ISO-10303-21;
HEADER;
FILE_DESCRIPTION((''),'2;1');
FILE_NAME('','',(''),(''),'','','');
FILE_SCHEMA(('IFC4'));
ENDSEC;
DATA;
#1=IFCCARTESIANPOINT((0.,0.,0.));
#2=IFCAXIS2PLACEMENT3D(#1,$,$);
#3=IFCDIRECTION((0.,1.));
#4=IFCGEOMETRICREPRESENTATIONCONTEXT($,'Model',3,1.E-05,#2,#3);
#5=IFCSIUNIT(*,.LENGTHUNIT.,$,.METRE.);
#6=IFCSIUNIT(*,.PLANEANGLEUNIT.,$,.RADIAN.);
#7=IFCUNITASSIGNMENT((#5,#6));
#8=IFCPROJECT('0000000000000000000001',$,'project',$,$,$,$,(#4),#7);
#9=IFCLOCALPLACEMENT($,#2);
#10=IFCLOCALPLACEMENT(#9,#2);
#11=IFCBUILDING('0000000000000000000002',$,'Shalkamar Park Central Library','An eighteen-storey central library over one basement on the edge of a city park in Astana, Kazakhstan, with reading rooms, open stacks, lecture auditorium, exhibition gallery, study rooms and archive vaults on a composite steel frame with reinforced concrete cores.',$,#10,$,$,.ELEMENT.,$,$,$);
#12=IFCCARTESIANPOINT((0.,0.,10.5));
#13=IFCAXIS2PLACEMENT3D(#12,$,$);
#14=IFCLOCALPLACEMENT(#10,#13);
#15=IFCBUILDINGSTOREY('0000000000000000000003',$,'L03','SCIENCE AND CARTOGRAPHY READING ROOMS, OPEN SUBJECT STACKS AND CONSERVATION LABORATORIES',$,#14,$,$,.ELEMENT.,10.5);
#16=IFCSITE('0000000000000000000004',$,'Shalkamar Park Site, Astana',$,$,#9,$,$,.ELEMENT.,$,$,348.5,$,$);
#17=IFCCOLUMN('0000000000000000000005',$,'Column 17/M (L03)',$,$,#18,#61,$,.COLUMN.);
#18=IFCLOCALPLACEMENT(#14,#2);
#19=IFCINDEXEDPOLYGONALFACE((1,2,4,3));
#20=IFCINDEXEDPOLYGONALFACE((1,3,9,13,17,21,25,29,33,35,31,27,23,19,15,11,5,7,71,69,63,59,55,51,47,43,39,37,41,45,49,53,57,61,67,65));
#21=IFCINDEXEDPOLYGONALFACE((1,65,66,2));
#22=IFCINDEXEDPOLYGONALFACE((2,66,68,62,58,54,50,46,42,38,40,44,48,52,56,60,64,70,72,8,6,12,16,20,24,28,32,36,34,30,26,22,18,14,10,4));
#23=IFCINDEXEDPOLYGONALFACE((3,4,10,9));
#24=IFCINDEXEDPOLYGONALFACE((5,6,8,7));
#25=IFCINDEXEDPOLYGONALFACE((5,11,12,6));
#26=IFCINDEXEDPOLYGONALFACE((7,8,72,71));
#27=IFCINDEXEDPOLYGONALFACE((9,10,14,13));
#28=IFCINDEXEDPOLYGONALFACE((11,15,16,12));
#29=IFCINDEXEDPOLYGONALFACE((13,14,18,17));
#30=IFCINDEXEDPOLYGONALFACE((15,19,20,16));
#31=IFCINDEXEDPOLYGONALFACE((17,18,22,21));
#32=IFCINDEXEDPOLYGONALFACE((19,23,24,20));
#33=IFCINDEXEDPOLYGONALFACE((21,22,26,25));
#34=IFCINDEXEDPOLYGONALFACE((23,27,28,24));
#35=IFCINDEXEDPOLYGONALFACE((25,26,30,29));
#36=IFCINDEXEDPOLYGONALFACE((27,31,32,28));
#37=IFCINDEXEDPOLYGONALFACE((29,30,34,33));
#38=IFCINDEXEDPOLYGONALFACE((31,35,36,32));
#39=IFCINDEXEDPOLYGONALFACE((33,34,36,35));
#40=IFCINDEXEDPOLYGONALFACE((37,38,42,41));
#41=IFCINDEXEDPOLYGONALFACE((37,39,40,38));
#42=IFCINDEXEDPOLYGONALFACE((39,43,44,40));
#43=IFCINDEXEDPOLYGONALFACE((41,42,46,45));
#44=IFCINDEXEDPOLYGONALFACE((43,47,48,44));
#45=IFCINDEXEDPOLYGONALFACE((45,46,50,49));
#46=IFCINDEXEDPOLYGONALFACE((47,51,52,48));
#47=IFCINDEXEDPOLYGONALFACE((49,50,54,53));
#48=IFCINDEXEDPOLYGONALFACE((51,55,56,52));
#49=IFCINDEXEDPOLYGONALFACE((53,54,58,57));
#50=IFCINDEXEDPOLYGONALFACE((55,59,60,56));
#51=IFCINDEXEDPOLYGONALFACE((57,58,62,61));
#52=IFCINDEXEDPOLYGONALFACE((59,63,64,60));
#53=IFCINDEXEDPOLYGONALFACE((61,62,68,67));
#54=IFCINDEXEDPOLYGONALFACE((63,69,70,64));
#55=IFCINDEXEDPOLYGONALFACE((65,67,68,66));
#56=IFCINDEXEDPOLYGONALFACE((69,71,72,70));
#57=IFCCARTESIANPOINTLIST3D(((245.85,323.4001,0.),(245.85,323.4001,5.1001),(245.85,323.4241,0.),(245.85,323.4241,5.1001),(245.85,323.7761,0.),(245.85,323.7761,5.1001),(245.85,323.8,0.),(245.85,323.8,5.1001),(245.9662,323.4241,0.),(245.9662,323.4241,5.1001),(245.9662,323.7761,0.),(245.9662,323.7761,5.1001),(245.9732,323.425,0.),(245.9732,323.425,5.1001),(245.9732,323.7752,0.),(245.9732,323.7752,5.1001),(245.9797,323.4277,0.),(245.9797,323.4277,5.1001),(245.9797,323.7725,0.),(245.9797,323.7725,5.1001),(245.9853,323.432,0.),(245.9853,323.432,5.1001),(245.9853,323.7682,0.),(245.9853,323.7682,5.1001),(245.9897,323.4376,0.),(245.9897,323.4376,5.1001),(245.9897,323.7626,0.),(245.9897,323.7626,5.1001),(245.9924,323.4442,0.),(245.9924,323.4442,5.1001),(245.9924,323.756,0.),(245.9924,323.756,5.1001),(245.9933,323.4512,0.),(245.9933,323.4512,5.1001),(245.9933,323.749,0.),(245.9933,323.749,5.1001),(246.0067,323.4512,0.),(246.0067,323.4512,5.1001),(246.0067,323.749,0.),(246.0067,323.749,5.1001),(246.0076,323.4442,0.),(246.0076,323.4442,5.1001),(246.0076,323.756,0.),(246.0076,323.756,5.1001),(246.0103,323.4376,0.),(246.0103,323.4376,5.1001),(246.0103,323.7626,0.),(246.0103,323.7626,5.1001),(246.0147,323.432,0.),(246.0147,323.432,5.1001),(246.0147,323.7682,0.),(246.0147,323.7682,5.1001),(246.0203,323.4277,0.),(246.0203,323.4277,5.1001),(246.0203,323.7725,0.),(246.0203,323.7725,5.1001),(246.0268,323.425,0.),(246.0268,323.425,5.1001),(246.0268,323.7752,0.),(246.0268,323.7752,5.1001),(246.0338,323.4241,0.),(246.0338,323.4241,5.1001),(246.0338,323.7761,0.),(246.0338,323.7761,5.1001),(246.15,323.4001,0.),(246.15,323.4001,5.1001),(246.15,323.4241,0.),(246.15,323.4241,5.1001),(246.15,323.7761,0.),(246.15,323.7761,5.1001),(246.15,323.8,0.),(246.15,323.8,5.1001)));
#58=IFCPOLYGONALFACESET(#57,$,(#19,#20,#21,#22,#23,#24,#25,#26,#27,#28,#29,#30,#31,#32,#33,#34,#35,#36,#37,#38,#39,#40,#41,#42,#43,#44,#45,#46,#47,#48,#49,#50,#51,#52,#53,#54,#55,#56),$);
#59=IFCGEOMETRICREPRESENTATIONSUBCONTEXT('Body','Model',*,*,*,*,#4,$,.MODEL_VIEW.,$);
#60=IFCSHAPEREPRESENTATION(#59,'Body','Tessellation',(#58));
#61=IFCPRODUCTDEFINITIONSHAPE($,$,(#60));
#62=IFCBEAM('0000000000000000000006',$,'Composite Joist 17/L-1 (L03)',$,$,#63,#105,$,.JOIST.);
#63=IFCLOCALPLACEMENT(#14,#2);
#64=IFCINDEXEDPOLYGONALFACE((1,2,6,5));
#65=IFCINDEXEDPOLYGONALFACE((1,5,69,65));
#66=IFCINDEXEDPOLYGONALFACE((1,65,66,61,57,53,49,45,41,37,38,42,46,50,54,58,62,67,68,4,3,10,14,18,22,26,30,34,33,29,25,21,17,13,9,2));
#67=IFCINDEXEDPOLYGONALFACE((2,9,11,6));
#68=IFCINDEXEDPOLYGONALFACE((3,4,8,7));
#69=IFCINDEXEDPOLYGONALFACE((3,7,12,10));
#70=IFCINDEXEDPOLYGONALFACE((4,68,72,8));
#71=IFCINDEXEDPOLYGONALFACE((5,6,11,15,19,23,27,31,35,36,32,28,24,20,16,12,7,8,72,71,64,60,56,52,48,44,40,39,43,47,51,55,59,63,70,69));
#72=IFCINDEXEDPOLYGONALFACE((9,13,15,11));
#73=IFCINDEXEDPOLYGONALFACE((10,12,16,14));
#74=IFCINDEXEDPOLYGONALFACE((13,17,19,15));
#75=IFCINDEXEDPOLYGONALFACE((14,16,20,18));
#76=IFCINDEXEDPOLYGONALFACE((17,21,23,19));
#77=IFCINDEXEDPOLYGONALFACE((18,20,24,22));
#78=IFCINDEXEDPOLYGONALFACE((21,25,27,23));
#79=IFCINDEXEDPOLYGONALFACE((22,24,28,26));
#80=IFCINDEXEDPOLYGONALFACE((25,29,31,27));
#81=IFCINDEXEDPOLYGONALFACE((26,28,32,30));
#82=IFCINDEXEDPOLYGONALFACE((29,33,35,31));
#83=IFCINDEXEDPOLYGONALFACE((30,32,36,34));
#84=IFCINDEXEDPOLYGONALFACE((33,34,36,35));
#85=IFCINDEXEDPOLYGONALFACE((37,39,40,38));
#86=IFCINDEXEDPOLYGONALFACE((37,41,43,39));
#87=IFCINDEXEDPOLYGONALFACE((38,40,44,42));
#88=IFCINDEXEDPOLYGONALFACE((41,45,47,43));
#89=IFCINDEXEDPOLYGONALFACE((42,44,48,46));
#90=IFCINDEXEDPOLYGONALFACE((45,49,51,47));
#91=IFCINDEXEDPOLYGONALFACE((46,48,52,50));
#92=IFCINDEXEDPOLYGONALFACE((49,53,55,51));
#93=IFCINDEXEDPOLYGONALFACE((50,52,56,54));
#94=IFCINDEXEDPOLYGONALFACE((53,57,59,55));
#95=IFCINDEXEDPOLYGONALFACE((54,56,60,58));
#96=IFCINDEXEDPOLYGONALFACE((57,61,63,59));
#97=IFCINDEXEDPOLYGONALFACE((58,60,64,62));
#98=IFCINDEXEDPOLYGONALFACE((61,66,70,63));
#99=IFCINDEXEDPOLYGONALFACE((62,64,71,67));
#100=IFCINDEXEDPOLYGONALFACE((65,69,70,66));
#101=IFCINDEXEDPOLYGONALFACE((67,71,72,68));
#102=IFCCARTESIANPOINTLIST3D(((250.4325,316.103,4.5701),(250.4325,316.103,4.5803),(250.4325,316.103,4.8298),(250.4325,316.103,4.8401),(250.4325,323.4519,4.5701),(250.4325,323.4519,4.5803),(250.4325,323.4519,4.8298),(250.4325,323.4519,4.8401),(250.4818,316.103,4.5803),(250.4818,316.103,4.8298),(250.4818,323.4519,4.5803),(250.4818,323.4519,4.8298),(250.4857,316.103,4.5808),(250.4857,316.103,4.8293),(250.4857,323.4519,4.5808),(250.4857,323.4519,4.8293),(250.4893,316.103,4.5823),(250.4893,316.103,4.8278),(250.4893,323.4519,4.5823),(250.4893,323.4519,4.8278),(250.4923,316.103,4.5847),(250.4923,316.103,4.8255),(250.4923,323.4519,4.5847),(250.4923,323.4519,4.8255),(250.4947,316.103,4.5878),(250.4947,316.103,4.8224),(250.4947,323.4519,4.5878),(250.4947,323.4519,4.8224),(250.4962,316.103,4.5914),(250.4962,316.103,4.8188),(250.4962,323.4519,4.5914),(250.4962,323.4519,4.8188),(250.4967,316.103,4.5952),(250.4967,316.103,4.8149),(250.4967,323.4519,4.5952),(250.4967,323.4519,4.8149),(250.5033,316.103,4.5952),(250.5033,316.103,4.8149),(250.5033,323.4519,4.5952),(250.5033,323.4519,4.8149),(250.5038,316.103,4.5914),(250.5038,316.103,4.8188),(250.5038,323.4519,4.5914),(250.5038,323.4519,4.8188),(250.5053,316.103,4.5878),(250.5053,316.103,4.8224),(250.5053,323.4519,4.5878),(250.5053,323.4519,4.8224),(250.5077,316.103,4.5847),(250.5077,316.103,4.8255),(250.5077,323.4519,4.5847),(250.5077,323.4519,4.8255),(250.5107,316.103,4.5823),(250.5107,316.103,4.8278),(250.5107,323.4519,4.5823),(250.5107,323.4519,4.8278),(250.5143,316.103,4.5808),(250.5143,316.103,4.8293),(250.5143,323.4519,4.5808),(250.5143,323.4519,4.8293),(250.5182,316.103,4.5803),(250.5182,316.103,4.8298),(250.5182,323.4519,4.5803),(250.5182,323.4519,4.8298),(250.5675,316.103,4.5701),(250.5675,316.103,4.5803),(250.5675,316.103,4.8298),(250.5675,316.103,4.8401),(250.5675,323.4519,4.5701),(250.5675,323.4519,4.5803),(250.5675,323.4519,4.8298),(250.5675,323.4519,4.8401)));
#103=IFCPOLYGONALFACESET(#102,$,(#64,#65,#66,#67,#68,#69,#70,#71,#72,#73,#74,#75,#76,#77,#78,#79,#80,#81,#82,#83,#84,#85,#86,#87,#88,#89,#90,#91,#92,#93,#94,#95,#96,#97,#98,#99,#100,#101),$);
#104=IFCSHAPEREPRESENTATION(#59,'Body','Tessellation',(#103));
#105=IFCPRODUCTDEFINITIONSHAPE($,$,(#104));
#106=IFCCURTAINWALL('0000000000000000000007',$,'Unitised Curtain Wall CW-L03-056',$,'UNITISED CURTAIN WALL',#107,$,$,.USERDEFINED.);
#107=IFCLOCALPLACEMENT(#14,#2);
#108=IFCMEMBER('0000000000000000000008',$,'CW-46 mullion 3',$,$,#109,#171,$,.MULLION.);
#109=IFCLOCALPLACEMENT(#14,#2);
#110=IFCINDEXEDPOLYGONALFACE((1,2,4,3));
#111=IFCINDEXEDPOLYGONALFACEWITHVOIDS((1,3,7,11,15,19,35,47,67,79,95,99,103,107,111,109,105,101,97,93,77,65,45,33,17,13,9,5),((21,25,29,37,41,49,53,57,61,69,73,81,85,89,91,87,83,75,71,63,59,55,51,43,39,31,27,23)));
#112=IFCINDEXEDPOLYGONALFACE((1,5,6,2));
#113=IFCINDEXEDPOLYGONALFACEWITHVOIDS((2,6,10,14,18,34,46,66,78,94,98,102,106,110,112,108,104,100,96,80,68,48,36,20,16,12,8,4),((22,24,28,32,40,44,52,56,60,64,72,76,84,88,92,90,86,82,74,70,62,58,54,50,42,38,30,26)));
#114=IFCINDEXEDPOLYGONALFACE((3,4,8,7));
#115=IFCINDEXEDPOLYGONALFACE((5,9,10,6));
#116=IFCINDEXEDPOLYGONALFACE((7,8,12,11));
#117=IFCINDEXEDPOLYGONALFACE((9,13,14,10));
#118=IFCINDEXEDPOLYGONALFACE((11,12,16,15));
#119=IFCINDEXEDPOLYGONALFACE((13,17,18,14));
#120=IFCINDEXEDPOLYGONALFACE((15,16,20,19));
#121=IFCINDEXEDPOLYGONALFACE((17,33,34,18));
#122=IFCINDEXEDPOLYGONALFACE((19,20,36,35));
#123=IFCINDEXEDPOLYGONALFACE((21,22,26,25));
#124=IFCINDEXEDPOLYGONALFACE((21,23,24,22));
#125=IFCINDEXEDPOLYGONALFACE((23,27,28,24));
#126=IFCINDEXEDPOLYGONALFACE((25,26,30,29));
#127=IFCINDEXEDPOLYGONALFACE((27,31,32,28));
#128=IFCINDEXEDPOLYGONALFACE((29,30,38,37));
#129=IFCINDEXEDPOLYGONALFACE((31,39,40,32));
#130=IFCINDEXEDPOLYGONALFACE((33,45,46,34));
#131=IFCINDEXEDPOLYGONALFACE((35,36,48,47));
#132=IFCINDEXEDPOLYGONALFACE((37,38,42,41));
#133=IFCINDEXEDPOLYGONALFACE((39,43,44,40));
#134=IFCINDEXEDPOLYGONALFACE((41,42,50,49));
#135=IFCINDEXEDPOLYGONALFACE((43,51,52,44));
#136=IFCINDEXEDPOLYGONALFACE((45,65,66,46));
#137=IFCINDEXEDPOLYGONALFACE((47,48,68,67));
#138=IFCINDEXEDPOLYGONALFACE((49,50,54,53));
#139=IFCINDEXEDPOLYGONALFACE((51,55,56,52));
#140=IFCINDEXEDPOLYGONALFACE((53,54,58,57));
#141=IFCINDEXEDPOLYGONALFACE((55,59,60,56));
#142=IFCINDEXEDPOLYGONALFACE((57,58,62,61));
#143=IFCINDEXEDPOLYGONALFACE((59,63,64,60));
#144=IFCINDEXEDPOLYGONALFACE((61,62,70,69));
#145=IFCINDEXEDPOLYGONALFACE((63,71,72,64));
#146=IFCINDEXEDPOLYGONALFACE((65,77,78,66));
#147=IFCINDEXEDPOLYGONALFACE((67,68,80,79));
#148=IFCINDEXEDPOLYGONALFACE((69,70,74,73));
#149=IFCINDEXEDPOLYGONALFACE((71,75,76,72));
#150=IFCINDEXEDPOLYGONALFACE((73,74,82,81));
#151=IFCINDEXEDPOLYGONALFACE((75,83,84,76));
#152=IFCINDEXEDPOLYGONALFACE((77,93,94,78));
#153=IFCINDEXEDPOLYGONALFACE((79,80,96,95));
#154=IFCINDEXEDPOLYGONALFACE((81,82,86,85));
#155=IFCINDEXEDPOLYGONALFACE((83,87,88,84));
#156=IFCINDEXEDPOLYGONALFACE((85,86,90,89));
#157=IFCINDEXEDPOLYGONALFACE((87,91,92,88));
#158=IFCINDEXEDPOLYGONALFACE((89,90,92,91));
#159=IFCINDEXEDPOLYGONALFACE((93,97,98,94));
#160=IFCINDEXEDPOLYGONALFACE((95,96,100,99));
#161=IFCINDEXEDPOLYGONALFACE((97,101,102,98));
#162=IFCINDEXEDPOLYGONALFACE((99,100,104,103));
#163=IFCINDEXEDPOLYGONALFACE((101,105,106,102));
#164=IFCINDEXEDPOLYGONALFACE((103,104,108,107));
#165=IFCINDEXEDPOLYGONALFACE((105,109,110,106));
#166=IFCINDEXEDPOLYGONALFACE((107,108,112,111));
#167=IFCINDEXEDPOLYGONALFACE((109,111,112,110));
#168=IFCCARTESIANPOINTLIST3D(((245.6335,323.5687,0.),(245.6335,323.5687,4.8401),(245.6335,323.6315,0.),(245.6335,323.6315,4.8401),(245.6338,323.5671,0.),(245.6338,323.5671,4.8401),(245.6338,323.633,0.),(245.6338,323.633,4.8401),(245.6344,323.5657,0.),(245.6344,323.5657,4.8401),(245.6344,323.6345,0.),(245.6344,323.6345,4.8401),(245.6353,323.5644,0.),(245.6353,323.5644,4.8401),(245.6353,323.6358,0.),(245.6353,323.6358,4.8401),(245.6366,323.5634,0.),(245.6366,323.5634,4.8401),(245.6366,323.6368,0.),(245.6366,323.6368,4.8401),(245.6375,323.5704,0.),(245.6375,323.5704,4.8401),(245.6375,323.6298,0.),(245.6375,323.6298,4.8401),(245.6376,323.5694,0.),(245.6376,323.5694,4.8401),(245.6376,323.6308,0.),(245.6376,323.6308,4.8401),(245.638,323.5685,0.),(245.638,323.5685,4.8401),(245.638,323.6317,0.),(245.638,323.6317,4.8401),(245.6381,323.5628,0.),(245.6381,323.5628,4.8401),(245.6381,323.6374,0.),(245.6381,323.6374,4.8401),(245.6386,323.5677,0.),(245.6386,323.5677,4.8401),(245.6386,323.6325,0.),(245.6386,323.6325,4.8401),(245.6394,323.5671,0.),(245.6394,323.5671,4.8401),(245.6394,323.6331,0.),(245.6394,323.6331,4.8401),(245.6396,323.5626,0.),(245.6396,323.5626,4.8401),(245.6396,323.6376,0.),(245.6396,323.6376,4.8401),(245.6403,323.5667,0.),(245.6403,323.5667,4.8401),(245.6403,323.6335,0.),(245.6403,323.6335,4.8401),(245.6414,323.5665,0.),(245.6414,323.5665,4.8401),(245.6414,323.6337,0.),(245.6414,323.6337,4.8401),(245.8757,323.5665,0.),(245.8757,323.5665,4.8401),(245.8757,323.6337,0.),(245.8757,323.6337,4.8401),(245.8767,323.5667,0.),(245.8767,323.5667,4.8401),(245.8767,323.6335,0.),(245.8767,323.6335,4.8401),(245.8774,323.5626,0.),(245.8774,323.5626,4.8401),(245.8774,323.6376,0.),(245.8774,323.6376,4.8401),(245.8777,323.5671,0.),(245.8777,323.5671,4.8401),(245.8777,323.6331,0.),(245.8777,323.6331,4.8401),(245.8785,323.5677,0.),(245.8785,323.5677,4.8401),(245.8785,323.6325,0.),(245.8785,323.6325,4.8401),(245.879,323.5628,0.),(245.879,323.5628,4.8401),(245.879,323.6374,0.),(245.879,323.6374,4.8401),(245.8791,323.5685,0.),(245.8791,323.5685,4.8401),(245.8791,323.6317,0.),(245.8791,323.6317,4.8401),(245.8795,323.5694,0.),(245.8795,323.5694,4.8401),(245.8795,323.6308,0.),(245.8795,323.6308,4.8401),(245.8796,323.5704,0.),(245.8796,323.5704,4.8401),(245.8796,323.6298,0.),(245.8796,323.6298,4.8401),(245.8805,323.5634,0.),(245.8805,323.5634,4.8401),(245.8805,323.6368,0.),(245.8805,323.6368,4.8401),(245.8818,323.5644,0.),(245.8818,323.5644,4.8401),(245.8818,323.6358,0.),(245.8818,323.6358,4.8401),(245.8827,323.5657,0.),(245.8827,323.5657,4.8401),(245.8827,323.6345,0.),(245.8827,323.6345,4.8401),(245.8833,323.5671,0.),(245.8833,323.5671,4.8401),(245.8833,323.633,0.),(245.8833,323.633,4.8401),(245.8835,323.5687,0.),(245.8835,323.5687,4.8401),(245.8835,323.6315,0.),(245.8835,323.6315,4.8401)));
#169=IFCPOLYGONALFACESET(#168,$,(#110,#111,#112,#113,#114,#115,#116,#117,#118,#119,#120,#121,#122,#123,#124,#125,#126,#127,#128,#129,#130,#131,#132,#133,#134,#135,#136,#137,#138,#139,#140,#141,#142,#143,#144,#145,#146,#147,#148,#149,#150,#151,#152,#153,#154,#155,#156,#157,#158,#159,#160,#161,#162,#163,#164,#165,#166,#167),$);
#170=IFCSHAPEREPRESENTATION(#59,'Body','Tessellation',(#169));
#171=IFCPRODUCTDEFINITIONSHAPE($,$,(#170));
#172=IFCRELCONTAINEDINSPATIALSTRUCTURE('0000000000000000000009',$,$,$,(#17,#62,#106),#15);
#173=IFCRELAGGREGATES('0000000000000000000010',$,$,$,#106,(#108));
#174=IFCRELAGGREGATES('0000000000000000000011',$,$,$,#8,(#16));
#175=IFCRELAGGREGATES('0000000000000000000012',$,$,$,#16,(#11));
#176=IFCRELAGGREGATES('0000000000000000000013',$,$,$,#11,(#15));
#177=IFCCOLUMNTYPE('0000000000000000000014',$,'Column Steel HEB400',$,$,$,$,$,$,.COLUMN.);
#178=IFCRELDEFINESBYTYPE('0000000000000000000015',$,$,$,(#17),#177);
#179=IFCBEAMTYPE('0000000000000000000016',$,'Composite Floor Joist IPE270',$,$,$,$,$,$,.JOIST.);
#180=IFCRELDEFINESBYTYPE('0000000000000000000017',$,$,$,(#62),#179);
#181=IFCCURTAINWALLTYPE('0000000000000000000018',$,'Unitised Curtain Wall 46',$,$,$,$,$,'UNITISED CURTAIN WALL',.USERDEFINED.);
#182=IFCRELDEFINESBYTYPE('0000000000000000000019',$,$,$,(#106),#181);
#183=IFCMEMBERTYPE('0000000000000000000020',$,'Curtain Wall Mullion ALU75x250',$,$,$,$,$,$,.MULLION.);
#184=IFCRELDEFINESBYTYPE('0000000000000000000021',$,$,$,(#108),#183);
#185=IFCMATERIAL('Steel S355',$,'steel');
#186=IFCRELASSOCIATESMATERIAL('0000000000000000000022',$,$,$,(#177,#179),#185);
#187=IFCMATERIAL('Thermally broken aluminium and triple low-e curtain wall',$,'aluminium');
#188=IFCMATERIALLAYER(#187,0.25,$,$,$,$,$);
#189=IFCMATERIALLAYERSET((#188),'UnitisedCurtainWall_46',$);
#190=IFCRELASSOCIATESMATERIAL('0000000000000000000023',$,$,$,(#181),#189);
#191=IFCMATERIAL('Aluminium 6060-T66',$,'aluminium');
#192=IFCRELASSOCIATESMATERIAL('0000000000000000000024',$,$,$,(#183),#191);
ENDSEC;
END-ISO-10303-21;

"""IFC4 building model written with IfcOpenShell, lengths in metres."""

from ifc_helpers import new_model, si_unit, direction, frame, origin, origin_2d, place, context, subcontext, project, spatial, hollow_rectangle, i_section, extrude, material, layer, layer_set, material_profile, profile_set, type_object, element, aggregate, save


model = new_model("IFC4")

# Units and contexts
model_context = context("Model", 3, precision=1e-05, world=origin(), true_north=direction((0.0, 1.0)))
body_context = subcontext(model_context, "Body", "Model", "MODEL_VIEW")
ifc_project = project(units=[si_unit("LENGTHUNIT", "METRE"), si_unit("PLANEANGLEUNIT", "RADIAN")], contexts=[model_context])

# Site, building, storey
site_placement = place(None, origin())
site = spatial("IfcSite", under=ifc_project, at=site_placement, Name="Shalkamar Park Site, Astana", CompositionType="ELEMENT", RefElevation=348.5)
building_placement = place(site_placement, origin())
building = spatial("IfcBuilding", under=site, at=building_placement, Name="Shalkamar Park Central Library", Description="An eighteen-storey central library over one basement on the edge of a city park in Astana, Kazakhstan, with reading rooms, open stacks, lecture auditorium, exhibition gallery, study rooms and archive vaults on a composite steel frame with reinforced concrete cores.", CompositionType="ELEMENT")
storey_placement = place(building_placement, frame((0.0, 0.0, 10.5)))
storey = spatial("IfcBuildingStorey", under=building, at=storey_placement, Name="L03", Description="SCIENCE AND CARTOGRAPHY READING ROOMS, OPEN SUBJECT STACKS AND CONSERVATION LABORATORIES", CompositionType="ELEMENT", Elevation=10.5)

# Column
ifc_material_1 = material(Name="Steel S355", Category="steel")
ifc_material_profile_1 = material_profile(ifc_material_1, i_section(OverallWidth=0.3, OverallDepth=0.3999, WebThickness=0.0134, FlangeThickness=0.0239, FilletRadius=0.0271, at=origin_2d()), Name="HEB 400")
ifc_profile_set_1 = profile_set([ifc_material_profile_1], Name="Steel S355")
column_type = type_object("IfcColumnType", Name="Column Steel HEB400", PredefinedType="COLUMN", material=ifc_profile_set_1)
column_placement = place(storey_placement, frame((246.0, 323.6001, 0.0), z_axis=(0.0, 0.0, 1.0), x_axis=(1.0, 0.0, 0.0)))
element("IfcColumn", 1, at=column_placement, inside=storey, type_object=column_type, Name="Column 17/M (L03)", PredefinedType="COLUMN", context=body_context, shape_type="SweptSolid", body=[
    extrude(i_section(OverallWidth=0.3, OverallDepth=0.3999, WebThickness=0.0134, FlangeThickness=0.0239, FilletRadius=0.0271, at=origin_2d()), origin(), (0.0, 0.0, 1.0), 5.1001),
])

# Beam
ifc_material_profile_2 = material_profile(ifc_material_1, i_section(OverallWidth=0.135, OverallDepth=0.27, WebThickness=0.0066, FlangeThickness=0.0103, FilletRadius=0.0149, at=origin_2d()), Name="IPE 270")
ifc_profile_set_2 = profile_set([ifc_material_profile_2], Name="Steel S355")
beam_type_1 = type_object("IfcBeamType", Name="Composite Floor Joist IPE270", PredefinedType="JOIST", material=ifc_profile_set_2)
beam_1_placement = place(storey_placement, frame((250.5, 316.103, 4.7051), z_axis=(0.0, 1.0, 0.0), x_axis=(-1.0, 0.0, 0.0)))
element("IfcBeam", 2, at=beam_1_placement, inside=storey, type_object=beam_type_1, Name="Composite Joist 17/L-1 (L03)", PredefinedType="JOIST", context=body_context, shape_type="SweptSolid", body=[
    extrude(i_section(OverallWidth=0.135, OverallDepth=0.27, WebThickness=0.0066, FlangeThickness=0.0103, FilletRadius=0.0149, at=origin_2d()), origin(), (0.0, 0.0, 1.0), 7.3489),
])

# Curtain wall, member
ifc_material_2 = material(Name="Thermally broken aluminium and triple low-e curtain wall", Category="aluminium")
ifc_layer_1 = layer(ifc_material_2, 0.25)
ifc_layer_set_1 = layer_set([ifc_layer_1], Name="UnitisedCurtainWall_46")
curtain_wall_type_1 = type_object("IfcCurtainWallType", Name="Unitised Curtain Wall 46", ElementType="UNITISED CURTAIN WALL", PredefinedType="USERDEFINED", material=ifc_layer_set_1)
curtain_wall_1_placement = place(storey_placement, origin())
curtain_wall_1 = element("IfcCurtainWall", 3, at=curtain_wall_1_placement, inside=storey, type_object=curtain_wall_type_1, Name="Unitised Curtain Wall CW-L03-056", ObjectType="UNITISED CURTAIN WALL", PredefinedType="USERDEFINED")
ifc_material_3 = material(Name="Aluminium 6060-T66", Category="aluminium")
ifc_material_profile_3 = material_profile(ifc_material_3, hollow_rectangle(XDim=0.075, YDim=0.25, WallThickness=0.0039, InnerFilletRadius=0.0039, OuterFilletRadius=0.0061, at=origin_2d()), Name="ALU 75x250x4")
ifc_profile_set_3 = profile_set([ifc_material_profile_3], Name="Aluminium 6060-T66")
member_type_1 = type_object("IfcMemberType", Name="Curtain Wall Mullion ALU75x250", PredefinedType="MULLION", material=ifc_profile_set_3)
member_1_placement = place(storey_placement, frame((245.7585, 323.6001, 0.0), z_axis=(0.0, 0.0, 1.0), x_axis=(0.0, 1.0, 0.0)))
member_1 = element("IfcMember", 4, at=member_1_placement, type_object=member_type_1, Name="CW-46 mullion 3", PredefinedType="MULLION", context=body_context, shape_type="SweptSolid", body=[
    extrude(hollow_rectangle(XDim=0.075, YDim=0.25, WallThickness=0.0039, InnerFilletRadius=0.0039, OuterFilletRadius=0.0061, at=origin_2d()), origin(), (0.0, 0.0, 1.0), 4.8401),
])

aggregate(curtain_wall_1, [member_1])

save(model, "model.ifc")
